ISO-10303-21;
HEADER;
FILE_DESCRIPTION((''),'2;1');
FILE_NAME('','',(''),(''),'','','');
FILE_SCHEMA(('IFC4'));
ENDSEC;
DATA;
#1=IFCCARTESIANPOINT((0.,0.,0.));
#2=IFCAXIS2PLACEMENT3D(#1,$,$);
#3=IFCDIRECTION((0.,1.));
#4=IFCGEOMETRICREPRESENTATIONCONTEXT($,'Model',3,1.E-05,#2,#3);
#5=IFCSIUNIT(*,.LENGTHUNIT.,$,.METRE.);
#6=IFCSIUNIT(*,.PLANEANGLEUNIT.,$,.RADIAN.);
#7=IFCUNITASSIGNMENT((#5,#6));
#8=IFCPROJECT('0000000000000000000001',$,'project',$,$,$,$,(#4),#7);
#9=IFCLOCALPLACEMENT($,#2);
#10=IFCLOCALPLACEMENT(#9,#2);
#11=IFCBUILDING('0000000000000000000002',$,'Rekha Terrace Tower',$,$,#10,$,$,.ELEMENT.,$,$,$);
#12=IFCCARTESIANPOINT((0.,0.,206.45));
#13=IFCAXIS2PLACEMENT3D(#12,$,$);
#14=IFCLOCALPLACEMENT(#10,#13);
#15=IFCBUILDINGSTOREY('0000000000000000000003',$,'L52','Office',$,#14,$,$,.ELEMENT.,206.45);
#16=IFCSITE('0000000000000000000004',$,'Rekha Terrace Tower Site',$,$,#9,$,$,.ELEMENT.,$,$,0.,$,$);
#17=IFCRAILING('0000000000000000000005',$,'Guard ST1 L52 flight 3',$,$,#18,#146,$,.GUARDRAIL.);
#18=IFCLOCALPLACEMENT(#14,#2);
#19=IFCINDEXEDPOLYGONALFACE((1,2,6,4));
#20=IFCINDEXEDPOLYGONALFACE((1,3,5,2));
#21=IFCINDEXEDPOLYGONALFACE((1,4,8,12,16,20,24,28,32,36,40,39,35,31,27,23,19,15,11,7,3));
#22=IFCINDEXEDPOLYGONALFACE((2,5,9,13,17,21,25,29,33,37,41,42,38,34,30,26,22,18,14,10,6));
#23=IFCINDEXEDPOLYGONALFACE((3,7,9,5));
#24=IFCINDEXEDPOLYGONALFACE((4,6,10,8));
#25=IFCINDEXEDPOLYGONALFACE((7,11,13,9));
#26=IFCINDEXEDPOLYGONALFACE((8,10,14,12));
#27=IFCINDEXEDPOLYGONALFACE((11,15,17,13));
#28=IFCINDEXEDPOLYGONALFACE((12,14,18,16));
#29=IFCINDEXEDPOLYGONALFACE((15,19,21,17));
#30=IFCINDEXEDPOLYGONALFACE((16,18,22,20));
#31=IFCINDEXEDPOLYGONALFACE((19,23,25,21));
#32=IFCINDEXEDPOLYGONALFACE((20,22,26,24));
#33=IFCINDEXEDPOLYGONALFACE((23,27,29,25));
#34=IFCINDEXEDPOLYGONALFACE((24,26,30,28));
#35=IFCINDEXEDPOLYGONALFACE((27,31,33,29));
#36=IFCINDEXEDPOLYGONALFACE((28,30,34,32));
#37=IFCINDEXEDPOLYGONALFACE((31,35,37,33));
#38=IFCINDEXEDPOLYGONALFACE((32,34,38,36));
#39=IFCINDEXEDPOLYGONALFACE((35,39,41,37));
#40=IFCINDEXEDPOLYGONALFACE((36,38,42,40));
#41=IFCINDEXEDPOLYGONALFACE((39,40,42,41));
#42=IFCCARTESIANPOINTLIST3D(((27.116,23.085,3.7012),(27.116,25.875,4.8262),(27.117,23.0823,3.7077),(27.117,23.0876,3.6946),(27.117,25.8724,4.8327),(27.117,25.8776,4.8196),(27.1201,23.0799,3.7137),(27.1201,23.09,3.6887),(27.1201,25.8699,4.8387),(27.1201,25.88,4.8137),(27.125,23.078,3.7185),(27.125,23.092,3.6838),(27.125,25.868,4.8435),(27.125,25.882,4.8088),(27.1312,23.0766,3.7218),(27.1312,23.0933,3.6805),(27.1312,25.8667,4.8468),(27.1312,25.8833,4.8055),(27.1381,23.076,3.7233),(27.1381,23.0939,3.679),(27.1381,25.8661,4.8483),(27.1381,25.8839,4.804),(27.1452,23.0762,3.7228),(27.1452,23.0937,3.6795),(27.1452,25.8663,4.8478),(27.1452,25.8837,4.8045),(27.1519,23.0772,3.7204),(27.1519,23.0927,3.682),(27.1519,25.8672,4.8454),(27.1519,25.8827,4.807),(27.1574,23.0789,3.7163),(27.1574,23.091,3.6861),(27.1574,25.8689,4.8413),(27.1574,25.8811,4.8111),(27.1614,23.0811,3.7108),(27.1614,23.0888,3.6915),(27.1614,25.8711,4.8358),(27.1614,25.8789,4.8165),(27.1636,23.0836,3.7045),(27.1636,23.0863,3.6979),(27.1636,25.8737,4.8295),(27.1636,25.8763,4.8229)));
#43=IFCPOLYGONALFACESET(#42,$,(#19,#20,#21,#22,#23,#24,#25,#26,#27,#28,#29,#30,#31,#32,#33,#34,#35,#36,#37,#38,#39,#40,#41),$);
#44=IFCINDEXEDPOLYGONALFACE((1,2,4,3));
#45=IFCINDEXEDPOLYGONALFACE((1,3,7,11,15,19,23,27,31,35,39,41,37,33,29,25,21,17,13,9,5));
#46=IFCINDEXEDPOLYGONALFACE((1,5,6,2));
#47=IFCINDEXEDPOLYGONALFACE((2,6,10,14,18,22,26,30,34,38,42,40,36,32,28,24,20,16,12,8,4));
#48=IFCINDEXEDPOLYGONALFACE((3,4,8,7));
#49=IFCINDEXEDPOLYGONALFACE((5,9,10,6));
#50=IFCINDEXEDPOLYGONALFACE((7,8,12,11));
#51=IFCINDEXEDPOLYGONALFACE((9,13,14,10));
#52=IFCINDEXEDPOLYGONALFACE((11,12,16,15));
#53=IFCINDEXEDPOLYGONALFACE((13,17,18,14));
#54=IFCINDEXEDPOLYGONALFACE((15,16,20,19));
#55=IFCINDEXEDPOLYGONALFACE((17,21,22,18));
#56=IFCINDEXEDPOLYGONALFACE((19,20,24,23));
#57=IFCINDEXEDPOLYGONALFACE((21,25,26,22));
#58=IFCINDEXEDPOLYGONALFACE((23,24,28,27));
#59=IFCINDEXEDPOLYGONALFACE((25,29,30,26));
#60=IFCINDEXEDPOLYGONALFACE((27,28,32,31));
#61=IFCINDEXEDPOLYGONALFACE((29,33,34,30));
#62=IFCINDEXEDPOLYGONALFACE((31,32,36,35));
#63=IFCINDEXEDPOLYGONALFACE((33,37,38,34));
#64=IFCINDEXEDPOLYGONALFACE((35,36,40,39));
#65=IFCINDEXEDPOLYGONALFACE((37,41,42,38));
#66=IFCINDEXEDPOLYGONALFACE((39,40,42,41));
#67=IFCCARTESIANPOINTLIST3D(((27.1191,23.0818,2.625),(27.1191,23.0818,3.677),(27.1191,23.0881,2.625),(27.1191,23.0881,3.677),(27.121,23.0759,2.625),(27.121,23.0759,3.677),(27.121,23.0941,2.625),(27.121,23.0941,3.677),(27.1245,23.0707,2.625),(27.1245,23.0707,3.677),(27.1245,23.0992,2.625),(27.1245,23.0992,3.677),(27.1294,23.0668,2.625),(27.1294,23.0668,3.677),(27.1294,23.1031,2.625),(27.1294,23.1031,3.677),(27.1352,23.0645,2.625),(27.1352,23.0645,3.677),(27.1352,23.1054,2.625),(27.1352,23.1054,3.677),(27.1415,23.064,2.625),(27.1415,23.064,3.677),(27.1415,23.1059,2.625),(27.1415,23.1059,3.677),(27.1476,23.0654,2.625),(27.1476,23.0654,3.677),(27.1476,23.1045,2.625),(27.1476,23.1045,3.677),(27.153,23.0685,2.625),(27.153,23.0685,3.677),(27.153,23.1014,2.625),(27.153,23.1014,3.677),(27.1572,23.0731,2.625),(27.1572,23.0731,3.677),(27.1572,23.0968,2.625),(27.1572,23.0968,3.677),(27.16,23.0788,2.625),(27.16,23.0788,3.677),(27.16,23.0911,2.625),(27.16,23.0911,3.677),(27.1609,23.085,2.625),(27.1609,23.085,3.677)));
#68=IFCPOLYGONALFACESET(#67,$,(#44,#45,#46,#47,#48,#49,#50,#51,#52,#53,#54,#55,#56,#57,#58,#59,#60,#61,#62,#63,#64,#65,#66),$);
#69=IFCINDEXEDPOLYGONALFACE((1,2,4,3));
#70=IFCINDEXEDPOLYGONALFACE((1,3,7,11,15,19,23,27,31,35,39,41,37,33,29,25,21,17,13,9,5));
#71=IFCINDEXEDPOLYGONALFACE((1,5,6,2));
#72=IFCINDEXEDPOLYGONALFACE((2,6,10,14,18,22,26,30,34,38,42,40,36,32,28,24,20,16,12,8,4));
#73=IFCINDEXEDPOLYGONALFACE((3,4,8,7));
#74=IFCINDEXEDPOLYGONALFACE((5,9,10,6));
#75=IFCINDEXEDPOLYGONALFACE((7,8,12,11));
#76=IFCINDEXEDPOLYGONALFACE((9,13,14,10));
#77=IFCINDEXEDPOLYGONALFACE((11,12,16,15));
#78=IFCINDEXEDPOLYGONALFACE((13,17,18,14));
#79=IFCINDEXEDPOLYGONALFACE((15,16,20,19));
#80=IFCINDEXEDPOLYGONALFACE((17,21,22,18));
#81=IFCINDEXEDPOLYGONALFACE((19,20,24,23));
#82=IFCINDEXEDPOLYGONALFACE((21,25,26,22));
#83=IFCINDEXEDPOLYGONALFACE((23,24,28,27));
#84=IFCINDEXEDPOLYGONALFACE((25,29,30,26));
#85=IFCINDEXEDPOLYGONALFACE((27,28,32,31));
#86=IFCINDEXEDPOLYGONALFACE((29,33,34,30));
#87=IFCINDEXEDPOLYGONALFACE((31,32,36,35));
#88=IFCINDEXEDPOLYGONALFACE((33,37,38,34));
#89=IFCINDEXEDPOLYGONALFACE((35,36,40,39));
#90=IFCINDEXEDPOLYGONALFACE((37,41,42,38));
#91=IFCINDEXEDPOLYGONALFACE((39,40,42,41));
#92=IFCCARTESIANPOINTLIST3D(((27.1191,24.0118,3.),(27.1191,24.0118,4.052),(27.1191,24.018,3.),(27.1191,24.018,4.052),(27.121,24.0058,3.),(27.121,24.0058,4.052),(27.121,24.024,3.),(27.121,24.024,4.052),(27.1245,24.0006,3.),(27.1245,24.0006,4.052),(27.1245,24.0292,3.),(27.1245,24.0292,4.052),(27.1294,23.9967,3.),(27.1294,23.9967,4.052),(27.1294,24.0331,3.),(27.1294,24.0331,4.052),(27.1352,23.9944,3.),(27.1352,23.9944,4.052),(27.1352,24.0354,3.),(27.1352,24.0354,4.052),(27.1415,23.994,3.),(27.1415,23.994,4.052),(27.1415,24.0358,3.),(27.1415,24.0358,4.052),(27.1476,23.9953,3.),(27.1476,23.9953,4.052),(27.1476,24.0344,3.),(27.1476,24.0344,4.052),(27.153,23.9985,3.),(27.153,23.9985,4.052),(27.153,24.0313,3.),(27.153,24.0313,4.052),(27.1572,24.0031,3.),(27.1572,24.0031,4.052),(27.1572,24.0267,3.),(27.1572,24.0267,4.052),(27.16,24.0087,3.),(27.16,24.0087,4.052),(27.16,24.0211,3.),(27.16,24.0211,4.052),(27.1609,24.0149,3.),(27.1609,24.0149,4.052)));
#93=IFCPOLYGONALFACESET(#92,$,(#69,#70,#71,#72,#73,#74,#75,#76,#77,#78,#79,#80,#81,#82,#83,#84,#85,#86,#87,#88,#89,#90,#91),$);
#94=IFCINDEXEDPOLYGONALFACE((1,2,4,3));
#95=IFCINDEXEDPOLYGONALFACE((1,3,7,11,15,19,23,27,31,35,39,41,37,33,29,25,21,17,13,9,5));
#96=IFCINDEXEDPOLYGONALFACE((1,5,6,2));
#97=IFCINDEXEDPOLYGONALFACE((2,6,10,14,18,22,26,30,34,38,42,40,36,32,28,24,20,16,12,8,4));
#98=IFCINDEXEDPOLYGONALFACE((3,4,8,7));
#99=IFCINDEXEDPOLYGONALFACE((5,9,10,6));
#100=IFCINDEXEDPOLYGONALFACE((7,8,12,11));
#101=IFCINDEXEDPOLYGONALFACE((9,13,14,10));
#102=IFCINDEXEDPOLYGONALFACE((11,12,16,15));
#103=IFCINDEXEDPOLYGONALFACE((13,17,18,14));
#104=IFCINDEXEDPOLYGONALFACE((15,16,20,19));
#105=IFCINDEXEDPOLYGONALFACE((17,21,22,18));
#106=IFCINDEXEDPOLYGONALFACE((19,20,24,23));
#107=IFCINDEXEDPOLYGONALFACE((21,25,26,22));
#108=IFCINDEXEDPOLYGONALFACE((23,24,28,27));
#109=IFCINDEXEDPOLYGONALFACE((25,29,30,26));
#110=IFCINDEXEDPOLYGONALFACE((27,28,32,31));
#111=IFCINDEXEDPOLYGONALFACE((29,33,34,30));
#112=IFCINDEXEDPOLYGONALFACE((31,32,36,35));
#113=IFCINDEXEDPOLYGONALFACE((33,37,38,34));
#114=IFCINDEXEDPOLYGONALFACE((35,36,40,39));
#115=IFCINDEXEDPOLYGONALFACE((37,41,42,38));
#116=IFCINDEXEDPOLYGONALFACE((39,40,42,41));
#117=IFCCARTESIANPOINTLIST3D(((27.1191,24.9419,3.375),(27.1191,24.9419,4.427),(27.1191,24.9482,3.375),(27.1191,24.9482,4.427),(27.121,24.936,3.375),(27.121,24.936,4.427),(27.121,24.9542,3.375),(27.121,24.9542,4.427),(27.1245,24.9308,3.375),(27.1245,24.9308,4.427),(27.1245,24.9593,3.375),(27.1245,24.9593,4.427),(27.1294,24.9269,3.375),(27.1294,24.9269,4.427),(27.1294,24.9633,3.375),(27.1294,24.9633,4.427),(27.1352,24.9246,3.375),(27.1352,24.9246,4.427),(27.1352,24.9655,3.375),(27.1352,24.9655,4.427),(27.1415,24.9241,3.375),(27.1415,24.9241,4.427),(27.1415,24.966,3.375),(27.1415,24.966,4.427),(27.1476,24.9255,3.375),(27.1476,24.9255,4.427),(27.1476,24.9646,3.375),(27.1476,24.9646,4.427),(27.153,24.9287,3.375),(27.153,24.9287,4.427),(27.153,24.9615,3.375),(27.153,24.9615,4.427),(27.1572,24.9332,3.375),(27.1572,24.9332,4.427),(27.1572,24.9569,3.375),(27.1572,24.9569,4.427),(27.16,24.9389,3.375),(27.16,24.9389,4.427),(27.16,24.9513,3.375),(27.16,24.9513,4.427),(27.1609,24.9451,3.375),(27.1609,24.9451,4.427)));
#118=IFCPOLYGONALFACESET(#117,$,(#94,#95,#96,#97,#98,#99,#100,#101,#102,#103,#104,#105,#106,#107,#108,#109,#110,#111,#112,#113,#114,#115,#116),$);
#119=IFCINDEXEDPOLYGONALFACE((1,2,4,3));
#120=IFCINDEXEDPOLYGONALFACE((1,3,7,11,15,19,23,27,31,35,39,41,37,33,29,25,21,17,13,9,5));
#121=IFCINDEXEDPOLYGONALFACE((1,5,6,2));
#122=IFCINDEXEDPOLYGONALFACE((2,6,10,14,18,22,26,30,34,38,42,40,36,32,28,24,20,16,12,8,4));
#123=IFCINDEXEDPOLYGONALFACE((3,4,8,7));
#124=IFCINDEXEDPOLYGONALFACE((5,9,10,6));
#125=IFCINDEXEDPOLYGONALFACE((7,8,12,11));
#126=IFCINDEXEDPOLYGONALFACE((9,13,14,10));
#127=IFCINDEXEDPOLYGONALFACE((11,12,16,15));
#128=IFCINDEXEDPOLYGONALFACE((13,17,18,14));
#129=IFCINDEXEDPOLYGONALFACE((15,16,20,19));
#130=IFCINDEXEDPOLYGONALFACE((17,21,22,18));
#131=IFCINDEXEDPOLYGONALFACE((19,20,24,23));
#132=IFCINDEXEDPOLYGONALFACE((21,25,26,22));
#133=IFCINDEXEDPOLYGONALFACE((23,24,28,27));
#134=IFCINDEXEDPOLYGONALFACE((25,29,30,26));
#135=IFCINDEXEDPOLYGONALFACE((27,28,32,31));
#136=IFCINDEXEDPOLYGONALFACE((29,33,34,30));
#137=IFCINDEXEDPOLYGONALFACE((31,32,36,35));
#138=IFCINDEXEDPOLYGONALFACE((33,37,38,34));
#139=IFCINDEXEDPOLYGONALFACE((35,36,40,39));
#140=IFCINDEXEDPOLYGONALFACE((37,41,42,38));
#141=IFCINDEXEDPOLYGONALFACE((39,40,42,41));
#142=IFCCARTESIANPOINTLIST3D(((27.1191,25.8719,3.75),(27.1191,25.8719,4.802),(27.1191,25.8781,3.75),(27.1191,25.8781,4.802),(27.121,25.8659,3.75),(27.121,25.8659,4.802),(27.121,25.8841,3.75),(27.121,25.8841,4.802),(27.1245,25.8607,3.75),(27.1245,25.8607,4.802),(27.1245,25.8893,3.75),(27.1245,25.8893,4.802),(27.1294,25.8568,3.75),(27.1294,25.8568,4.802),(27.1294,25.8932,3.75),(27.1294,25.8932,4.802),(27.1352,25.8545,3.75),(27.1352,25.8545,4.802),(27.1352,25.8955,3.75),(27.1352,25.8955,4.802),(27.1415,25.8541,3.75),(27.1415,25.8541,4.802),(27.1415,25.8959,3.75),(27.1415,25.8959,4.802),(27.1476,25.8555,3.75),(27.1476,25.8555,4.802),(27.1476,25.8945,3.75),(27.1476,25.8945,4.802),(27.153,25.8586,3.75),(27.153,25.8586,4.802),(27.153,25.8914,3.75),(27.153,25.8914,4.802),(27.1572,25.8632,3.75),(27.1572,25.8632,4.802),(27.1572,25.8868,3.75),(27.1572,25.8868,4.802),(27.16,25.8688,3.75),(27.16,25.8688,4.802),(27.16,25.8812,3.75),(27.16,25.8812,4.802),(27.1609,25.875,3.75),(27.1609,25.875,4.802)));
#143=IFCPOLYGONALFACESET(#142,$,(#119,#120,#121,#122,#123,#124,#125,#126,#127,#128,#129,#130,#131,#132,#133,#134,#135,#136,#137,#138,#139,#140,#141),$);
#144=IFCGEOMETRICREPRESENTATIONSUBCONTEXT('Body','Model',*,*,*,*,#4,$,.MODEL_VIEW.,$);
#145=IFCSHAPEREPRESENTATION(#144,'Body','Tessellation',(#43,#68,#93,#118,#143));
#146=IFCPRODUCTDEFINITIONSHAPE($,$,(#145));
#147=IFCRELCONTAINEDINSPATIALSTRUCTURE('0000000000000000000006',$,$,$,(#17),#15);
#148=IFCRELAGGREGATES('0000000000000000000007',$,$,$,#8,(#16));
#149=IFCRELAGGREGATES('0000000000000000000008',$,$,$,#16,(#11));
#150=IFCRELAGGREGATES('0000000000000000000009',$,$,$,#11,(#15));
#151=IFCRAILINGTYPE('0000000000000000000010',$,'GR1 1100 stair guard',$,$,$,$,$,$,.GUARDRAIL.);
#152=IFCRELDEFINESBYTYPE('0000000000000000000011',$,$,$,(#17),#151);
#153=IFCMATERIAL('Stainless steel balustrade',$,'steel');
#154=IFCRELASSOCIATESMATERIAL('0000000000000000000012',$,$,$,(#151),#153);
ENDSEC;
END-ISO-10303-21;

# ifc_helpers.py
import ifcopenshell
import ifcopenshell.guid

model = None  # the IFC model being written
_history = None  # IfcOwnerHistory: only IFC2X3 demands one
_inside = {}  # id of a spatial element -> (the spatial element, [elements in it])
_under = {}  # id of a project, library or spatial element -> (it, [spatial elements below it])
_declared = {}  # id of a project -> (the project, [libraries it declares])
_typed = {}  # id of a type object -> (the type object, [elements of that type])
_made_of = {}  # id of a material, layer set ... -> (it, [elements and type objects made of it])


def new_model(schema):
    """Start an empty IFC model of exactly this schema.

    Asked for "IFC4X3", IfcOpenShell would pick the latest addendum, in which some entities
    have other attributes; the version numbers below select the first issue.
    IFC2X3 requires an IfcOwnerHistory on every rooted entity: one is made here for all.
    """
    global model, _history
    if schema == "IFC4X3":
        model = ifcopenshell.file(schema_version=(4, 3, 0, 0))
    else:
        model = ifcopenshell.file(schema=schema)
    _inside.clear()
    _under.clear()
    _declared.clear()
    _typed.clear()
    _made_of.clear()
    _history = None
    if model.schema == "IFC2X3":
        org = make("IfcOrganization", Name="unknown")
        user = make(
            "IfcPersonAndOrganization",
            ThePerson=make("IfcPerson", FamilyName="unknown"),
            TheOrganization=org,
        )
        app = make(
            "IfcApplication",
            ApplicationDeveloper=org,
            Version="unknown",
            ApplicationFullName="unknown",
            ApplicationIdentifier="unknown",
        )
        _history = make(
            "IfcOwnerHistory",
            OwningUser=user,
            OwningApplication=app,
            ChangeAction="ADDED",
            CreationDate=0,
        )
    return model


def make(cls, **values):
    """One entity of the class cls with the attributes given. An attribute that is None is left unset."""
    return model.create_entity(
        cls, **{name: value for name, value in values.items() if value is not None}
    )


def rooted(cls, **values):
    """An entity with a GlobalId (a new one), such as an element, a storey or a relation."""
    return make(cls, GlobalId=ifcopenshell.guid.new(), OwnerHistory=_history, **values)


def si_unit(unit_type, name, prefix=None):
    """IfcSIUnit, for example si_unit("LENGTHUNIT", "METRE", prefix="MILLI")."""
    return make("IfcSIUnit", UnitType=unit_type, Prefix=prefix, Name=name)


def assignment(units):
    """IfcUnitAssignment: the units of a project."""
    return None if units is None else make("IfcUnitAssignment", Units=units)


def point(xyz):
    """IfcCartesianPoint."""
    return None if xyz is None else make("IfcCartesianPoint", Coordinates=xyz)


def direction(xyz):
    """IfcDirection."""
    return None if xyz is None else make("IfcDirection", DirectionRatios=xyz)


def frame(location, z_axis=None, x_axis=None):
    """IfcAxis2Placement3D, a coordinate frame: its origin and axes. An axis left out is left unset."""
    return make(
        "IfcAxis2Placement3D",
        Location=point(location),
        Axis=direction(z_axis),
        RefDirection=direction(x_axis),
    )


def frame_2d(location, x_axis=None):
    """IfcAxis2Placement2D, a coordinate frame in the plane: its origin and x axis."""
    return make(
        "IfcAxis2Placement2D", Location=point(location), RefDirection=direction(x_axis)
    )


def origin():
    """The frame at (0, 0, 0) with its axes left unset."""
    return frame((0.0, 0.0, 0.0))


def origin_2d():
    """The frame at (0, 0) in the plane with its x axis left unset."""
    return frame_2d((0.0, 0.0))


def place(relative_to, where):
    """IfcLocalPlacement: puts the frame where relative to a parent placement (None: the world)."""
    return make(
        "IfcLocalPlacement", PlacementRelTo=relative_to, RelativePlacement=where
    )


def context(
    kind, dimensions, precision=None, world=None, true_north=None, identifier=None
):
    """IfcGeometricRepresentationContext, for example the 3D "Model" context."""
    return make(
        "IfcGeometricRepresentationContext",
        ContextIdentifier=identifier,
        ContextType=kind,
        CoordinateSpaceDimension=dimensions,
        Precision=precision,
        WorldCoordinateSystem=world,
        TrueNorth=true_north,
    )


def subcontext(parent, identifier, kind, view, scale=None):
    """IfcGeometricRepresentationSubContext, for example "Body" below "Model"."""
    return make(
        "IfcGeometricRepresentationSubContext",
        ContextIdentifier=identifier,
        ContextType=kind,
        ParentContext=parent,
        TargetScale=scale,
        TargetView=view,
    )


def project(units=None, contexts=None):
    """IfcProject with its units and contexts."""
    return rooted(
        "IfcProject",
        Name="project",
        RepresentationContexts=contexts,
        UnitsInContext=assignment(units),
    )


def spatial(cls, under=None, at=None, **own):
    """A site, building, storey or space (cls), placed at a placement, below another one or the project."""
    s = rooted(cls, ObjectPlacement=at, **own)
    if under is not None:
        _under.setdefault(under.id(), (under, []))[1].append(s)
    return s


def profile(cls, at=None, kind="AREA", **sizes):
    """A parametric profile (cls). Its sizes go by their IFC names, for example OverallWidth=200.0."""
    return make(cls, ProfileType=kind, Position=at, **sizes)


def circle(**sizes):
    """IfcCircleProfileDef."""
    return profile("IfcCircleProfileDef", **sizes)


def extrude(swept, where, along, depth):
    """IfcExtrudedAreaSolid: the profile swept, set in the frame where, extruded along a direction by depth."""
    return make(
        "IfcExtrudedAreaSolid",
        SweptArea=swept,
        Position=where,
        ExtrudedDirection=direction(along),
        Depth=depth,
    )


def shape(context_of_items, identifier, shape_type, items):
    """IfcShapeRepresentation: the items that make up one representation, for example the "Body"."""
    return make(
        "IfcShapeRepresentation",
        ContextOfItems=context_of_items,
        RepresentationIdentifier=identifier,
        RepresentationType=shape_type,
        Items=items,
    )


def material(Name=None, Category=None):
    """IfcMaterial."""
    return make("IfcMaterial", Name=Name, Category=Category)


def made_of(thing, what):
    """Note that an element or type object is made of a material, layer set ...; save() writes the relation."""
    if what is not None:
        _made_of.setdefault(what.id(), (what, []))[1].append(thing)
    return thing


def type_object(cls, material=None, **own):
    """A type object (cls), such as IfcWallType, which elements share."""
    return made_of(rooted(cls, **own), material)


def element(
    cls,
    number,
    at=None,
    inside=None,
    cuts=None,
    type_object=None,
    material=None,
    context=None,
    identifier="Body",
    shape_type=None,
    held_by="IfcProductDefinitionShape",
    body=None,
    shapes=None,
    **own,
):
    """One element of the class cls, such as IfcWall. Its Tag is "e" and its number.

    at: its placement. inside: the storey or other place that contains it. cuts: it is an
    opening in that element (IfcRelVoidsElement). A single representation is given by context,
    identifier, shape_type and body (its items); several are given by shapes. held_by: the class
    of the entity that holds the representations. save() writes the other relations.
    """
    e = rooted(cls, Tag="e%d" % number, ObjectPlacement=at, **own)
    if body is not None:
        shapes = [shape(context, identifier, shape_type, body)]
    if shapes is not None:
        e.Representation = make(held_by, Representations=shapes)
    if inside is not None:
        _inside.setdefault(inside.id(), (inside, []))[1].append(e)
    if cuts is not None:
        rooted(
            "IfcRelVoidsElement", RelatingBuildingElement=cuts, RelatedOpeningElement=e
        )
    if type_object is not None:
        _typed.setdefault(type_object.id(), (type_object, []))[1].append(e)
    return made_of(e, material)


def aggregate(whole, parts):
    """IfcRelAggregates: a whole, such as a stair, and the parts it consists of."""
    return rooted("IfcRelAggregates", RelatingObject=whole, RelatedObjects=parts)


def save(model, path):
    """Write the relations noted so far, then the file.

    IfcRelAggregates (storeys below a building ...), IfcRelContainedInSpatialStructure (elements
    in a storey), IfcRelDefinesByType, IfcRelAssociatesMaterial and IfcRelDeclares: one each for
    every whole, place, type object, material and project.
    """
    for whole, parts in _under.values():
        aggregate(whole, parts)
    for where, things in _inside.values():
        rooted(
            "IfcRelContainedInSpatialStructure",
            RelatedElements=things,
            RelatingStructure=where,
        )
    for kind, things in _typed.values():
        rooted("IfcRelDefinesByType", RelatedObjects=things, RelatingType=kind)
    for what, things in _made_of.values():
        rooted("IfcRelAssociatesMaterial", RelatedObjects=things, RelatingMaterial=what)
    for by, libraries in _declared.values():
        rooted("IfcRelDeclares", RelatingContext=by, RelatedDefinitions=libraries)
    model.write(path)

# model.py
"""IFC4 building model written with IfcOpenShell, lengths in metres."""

from ifc_helpers import new_model, si_unit, direction, frame, origin, origin_2d, place, context, subcontext, project, spatial, circle, extrude, material, type_object, element, save


model = new_model("IFC4")

# Units and contexts
model_context = context("Model", 3, precision=1e-05, world=origin(), true_north=direction((0.0, 1.0)))
body_context = subcontext(model_context, "Body", "Model", "MODEL_VIEW")
ifc_project = project(units=[si_unit("LENGTHUNIT", "METRE"), si_unit("PLANEANGLEUNIT", "RADIAN")], contexts=[model_context])

# Site, building, storey
site_placement = place(None, origin())
site = spatial("IfcSite", under=ifc_project, at=site_placement, Name="Rekha Terrace Tower Site", CompositionType="ELEMENT", RefElevation=0.0)
building_placement = place(site_placement, origin())
building = spatial("IfcBuilding", under=site, at=building_placement, Name="Rekha Terrace Tower", CompositionType="ELEMENT")
storey_placement = place(building_placement, frame((0.0, 0.0, 206.45)))
storey = spatial("IfcBuildingStorey", under=building, at=storey_placement, Name="L52", Description="Office", CompositionType="ELEMENT", Elevation=206.45)

# Railing
ifc_material_1 = material(Name="Stainless steel balustrade", Category="steel")
railing_type_1 = type_object("IfcRailingType", Name="GR1 1100 stair guard", PredefinedType="GUARDRAIL", material=ifc_material_1)
railing_1_placement = place(storey_placement, frame((27.1399, 23.085, 2.625)))
element("IfcRailing", 1, at=railing_1_placement, inside=storey, type_object=railing_type_1, Name="Guard ST1 L52 flight 3", PredefinedType="GUARDRAIL", context=body_context, shape_type="SweptSolid", body=[
    extrude(circle(Radius=0.0239, at=origin_2d()), frame((0.0, 0.0, 1.0762), z_axis=(0.0, 0.927443, 0.373964), x_axis=(-1.0, 0.0, 0.0)), (0.0, 0.0, 1.0), 3.0083),
    extrude(circle(Radius=0.021, at=origin_2d()), origin(), (0.0, 0.0, 1.0), 1.052),
    extrude(circle(Radius=0.021, at=origin_2d()), frame((0.0, 0.9299, 0.375)), (0.0, 0.0, 1.0), 1.052),
    extrude(circle(Radius=0.021, at=origin_2d()), frame((0.0, 1.8601, 0.75)), (0.0, 0.0, 1.0), 1.052),
    extrude(circle(Radius=0.021, at=origin_2d()), frame((0.0, 2.79, 1.125)), (0.0, 0.0, 1.0), 1.052),
])

save(model, "model.ifc")
